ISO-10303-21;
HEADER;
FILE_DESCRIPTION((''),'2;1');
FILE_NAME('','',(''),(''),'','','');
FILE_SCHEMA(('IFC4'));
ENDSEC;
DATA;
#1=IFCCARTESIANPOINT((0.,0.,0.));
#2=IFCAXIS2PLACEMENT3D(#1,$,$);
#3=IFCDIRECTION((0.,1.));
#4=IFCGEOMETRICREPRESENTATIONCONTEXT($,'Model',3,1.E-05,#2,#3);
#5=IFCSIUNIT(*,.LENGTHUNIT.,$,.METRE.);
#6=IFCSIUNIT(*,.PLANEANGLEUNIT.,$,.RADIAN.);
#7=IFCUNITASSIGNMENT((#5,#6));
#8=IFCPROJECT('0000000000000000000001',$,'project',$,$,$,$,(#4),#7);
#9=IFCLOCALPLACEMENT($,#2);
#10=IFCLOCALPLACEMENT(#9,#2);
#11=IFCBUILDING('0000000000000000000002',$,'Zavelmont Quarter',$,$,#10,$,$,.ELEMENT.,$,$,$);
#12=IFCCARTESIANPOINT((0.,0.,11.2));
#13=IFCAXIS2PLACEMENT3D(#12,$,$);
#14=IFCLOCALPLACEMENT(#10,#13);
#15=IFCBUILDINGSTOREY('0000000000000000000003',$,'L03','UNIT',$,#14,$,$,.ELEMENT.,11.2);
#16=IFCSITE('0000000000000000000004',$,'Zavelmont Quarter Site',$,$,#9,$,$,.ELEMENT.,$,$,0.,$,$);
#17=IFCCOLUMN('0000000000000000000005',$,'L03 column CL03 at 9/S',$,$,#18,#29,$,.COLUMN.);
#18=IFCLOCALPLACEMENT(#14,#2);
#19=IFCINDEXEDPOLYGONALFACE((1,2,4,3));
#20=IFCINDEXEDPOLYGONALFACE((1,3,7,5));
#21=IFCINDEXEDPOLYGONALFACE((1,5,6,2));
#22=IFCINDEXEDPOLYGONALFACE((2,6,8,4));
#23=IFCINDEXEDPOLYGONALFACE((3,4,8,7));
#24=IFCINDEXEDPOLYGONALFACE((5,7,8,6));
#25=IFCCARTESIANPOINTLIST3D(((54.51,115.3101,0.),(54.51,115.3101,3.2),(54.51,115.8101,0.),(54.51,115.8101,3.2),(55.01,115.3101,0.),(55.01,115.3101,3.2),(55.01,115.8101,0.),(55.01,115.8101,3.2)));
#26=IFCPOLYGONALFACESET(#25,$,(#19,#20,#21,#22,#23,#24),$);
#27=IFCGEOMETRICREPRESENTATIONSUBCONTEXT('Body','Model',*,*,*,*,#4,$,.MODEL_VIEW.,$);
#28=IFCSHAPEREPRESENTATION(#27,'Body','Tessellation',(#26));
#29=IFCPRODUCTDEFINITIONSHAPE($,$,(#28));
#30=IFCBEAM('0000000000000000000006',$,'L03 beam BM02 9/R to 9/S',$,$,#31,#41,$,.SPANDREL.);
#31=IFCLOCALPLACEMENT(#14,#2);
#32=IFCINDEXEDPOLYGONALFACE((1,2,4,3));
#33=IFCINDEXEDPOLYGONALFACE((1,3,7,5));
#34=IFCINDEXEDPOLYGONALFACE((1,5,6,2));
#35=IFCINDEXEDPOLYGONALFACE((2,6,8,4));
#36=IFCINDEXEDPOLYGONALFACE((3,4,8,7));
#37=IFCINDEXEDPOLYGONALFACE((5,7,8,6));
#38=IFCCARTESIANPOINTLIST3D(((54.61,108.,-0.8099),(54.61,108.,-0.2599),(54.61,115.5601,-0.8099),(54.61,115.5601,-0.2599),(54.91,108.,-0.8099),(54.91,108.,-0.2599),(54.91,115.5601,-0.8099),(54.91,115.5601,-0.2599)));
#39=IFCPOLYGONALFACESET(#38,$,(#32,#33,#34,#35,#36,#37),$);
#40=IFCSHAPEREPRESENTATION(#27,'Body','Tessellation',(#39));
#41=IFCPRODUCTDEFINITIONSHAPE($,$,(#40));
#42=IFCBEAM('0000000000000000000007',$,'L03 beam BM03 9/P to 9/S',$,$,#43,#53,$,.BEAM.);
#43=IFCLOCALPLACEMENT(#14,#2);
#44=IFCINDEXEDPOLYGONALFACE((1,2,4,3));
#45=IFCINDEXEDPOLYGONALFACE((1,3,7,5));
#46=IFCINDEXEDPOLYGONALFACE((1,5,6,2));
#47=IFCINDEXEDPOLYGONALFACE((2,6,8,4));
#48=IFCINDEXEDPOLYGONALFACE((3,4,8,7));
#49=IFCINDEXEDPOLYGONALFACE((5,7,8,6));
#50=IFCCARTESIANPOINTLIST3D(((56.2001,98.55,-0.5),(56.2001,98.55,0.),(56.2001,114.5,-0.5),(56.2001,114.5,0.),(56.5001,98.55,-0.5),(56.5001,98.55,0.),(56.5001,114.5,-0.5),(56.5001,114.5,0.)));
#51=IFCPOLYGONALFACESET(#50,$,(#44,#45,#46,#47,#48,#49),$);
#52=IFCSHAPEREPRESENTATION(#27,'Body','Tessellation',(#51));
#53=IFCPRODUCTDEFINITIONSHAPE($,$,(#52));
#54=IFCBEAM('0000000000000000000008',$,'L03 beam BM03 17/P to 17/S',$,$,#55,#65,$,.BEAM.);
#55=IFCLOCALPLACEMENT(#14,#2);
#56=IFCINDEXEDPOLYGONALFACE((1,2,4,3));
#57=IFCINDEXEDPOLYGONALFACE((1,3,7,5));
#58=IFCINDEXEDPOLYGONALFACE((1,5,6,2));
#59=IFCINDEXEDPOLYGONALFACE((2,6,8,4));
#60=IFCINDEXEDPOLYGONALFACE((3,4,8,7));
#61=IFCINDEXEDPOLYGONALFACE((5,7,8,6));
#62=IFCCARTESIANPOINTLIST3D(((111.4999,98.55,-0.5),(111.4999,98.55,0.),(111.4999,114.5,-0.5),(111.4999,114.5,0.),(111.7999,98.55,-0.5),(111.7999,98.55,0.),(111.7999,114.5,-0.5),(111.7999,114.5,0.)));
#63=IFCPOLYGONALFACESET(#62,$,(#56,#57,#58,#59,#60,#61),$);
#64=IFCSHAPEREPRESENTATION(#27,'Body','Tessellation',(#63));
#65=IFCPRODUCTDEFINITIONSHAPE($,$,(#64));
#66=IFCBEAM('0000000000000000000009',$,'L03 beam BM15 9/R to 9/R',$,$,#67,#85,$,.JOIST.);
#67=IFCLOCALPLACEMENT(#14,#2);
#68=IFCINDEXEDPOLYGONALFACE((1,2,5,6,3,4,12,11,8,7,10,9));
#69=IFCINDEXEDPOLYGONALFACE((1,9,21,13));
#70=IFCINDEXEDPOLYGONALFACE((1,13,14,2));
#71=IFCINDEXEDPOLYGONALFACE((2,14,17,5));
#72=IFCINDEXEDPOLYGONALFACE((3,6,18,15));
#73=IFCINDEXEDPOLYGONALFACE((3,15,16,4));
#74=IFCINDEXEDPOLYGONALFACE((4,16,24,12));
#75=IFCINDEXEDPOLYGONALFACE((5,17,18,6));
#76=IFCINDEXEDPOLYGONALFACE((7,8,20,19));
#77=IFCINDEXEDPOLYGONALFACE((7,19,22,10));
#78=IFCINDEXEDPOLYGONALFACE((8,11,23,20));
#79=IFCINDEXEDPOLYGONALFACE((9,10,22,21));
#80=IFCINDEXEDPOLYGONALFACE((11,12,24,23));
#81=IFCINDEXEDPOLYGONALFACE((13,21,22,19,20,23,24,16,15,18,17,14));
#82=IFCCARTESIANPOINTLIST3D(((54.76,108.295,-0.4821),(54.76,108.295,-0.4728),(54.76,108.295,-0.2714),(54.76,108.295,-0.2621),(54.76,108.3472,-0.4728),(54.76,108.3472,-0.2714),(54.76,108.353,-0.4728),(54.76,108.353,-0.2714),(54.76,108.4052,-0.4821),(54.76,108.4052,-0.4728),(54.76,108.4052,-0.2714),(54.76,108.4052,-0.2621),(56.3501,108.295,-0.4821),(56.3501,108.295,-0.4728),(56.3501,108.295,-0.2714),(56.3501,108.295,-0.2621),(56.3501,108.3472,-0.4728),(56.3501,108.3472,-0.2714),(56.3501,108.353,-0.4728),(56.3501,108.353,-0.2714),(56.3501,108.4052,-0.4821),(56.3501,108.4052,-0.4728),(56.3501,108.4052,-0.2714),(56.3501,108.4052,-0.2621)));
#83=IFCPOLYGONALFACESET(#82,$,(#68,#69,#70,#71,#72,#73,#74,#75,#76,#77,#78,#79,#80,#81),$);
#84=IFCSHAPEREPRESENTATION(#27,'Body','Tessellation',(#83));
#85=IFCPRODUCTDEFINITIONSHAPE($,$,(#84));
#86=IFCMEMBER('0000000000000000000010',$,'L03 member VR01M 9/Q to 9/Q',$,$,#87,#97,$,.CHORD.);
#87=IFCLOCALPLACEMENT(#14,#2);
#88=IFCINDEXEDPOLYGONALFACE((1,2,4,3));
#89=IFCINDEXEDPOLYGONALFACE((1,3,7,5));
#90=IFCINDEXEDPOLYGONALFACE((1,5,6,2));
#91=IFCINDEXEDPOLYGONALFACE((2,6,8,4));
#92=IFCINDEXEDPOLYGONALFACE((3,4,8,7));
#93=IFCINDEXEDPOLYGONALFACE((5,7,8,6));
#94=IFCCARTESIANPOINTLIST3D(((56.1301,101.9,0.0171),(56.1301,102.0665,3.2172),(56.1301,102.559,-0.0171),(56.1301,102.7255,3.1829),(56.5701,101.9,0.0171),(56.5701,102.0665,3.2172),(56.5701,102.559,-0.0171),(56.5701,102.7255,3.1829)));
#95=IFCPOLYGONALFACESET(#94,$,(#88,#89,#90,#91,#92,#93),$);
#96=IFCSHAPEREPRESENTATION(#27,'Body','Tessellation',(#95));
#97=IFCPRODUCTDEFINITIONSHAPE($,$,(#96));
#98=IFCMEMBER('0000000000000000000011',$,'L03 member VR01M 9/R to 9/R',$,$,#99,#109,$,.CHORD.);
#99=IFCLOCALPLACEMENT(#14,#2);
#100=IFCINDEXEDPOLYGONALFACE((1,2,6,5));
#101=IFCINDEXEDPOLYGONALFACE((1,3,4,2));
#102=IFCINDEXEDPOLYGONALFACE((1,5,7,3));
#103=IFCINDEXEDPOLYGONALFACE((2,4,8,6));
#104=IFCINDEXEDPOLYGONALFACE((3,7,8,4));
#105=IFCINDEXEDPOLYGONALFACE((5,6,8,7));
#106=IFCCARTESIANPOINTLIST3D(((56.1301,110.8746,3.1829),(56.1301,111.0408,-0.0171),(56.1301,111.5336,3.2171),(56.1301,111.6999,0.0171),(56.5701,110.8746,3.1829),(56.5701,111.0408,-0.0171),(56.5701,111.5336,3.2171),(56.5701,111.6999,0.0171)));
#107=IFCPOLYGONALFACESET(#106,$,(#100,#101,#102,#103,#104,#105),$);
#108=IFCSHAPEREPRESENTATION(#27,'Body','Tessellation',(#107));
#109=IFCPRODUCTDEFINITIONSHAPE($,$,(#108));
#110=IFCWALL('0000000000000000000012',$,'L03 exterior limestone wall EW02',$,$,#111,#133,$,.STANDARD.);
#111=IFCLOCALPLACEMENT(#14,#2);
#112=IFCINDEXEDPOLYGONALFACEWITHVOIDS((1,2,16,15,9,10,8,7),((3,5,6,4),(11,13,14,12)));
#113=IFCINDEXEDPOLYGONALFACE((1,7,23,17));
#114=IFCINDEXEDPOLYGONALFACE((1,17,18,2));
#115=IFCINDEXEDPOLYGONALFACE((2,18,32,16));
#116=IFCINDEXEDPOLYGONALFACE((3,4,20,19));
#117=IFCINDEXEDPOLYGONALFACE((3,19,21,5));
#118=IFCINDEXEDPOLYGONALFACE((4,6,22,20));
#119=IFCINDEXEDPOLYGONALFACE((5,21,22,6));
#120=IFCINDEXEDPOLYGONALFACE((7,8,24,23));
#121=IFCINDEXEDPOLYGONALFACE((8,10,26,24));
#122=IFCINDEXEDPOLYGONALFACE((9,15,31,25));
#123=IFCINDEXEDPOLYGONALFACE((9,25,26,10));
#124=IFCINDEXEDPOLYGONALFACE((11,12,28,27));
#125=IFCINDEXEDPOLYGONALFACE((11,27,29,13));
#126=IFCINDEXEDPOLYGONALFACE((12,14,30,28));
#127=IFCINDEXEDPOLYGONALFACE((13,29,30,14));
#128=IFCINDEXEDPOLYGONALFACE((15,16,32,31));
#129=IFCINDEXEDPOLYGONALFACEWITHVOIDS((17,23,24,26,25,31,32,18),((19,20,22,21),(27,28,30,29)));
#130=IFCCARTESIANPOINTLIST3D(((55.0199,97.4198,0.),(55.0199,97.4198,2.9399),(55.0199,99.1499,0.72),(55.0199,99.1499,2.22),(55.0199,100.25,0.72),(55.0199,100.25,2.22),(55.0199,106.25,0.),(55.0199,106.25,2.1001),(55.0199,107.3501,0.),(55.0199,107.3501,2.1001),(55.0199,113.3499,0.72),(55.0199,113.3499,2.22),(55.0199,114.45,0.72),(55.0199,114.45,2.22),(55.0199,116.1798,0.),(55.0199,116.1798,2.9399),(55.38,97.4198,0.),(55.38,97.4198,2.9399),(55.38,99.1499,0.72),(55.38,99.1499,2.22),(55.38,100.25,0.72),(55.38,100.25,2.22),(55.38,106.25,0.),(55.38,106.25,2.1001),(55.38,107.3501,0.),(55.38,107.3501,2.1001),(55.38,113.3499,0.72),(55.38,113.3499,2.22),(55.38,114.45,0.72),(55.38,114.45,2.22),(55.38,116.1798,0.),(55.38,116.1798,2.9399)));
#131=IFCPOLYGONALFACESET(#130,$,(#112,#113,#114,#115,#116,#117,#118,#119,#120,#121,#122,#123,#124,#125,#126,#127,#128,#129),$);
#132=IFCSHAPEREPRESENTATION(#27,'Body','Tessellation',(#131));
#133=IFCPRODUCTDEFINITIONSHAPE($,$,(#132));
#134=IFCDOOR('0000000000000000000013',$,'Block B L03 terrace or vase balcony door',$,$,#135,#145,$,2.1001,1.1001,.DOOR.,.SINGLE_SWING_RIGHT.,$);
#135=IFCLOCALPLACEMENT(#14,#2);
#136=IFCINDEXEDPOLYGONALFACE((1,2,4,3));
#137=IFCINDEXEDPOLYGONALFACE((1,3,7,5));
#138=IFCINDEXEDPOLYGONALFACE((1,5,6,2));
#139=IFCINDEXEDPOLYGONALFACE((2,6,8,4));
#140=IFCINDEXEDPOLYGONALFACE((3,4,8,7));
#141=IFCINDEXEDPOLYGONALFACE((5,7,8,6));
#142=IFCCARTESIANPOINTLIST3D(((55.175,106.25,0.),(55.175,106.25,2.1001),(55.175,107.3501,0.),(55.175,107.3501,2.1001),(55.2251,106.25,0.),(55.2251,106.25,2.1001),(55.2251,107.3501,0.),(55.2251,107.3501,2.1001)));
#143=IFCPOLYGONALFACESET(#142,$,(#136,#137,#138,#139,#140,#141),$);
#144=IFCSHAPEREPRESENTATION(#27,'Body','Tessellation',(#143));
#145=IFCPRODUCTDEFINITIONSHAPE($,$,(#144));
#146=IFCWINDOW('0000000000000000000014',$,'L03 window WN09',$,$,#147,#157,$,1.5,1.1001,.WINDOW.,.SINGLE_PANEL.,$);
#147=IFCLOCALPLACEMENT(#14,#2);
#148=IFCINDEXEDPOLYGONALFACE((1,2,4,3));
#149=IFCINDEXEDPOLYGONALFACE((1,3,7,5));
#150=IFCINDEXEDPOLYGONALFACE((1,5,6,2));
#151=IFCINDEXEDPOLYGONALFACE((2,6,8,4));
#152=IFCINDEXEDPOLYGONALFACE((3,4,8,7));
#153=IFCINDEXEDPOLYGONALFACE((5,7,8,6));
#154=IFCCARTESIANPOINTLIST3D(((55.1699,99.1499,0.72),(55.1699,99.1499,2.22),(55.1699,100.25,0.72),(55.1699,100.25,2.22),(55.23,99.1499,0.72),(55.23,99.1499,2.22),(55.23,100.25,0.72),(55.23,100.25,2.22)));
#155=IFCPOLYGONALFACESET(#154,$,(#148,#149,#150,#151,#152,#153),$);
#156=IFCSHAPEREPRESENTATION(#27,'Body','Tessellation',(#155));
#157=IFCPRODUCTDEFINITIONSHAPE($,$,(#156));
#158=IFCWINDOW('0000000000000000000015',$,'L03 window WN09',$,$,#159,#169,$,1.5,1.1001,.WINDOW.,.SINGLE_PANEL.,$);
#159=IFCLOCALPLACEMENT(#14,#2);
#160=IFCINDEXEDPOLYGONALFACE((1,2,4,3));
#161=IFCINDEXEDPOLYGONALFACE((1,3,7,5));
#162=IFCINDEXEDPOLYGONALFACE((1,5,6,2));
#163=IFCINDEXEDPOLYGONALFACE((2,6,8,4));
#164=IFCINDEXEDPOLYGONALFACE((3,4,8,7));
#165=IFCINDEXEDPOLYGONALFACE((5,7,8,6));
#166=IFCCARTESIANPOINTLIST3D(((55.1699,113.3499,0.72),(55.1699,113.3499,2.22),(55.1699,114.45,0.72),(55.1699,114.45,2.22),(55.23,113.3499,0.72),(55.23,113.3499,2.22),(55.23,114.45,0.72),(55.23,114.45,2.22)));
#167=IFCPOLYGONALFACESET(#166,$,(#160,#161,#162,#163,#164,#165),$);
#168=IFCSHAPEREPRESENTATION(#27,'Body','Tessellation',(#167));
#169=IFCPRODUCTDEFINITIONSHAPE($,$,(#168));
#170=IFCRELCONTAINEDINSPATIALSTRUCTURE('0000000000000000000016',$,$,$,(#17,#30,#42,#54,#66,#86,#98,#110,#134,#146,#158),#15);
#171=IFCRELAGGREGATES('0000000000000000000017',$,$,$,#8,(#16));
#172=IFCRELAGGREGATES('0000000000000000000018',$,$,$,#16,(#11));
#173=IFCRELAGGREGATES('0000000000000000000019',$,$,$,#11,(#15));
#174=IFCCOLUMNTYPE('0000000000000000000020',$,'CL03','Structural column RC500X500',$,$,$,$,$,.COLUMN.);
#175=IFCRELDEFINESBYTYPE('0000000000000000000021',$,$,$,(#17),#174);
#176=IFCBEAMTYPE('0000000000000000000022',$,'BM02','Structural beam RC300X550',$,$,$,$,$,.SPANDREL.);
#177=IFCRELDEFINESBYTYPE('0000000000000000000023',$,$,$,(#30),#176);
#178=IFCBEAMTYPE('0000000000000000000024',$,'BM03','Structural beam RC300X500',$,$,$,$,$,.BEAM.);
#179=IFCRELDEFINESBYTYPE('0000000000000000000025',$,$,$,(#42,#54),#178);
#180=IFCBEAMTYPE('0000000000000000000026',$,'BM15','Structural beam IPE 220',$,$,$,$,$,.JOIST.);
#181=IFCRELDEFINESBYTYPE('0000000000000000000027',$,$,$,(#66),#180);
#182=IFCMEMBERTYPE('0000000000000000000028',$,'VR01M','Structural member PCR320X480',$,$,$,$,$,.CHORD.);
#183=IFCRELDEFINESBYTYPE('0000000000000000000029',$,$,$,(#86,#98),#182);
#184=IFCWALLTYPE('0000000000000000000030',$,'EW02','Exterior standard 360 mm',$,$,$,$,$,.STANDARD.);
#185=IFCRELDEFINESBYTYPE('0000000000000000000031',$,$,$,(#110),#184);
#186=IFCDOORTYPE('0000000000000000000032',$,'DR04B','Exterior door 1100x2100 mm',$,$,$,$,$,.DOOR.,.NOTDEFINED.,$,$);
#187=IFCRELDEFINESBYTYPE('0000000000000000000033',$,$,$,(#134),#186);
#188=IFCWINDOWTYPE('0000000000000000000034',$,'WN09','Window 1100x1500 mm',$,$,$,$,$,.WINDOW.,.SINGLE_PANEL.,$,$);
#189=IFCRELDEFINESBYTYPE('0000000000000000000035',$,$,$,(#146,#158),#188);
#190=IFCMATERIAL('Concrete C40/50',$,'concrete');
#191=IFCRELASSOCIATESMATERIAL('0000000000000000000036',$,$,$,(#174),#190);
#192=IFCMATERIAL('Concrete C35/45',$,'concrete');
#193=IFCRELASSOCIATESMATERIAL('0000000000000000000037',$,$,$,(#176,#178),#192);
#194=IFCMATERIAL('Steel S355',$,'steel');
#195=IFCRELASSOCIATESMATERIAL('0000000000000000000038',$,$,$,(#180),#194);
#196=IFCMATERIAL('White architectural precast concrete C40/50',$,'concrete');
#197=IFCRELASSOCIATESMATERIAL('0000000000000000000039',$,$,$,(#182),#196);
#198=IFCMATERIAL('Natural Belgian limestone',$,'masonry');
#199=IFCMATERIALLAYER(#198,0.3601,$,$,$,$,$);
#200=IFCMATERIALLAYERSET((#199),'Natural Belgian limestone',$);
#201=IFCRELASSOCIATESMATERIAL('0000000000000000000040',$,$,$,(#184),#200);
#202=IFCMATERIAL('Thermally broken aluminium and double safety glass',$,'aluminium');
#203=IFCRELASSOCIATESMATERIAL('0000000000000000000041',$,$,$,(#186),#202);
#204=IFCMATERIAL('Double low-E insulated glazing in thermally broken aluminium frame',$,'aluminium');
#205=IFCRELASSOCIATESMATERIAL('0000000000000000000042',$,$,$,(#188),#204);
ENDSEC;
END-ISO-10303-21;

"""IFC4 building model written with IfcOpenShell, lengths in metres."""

from ifc_helpers import new_model, si_unit, direction, frame, frame_2d, origin, origin_with_axes, origin_2d, place, context, subcontext, project, spatial, rectangle, i_section, extrude, material, layer, layer_set, material_profile, profile_set, type_object, element, fill, save


model = new_model("IFC4")

# Units and contexts
model_context = context("Model", 3, precision=1e-05, world=origin(), true_north=direction((0.0, 1.0)))
body_context = subcontext(model_context, "Body", "Model", "MODEL_VIEW")
ifc_project = project(units=[si_unit("LENGTHUNIT", "METRE"), si_unit("PLANEANGLEUNIT", "RADIAN")], contexts=[model_context])

# Site, building, storey
site_placement = place(None, origin())
site = spatial("IfcSite", under=ifc_project, at=site_placement, Name="Zavelmont Quarter Site", CompositionType="ELEMENT", RefElevation=0.0)
building_placement = place(site_placement, origin())
building = spatial("IfcBuilding", under=site, at=building_placement, Name="Zavelmont Quarter", CompositionType="ELEMENT")
storey_placement = place(building_placement, frame((0.0, 0.0, 11.2)))
storey = spatial("IfcBuildingStorey", under=building, at=storey_placement, Name="L03", Description="UNIT", CompositionType="ELEMENT", Elevation=11.2)

# Column
ifc_material_1 = material(Name="Concrete C40/50", Category="concrete")
ifc_material_profile_1 = material_profile(ifc_material_1, rectangle(XDim=0.5, YDim=0.5, at=origin_2d()), Name="RC500X500")
ifc_profile_set_1 = profile_set([ifc_material_profile_1], Name="Concrete C40/50")
column_type = type_object("IfcColumnType", Name="CL03", Description="Structural column RC500X500", PredefinedType="COLUMN", material=ifc_profile_set_1)
column_placement = place(storey_placement, frame((54.76, 115.5601, 0.0), z_axis=(0.0, 0.0, 1.0), x_axis=(1.0, 0.0, 0.0)))
element("IfcColumn", 1, at=column_placement, inside=storey, type_object=column_type, Name="L03 column CL03 at 9/S", PredefinedType="COLUMN", context=body_context, shape_type="SweptSolid", body=[
    extrude(rectangle(XDim=0.5, YDim=0.5, at=origin_2d()), origin(), (0.0, 0.0, 1.0), 3.2),
])

# Beams
ifc_material_2 = material(Name="Concrete C35/45", Category="concrete")
ifc_material_profile_2 = material_profile(ifc_material_2, rectangle(XDim=0.3, YDim=0.55, at=origin_2d()), Name="RC300X550")
ifc_profile_set_2 = profile_set([ifc_material_profile_2], Name="Concrete C35/45")
beam_type_1 = type_object("IfcBeamType", Name="BM02", Description="Structural beam RC300X550", PredefinedType="SPANDREL", material=ifc_profile_set_2)
beam_1_placement = place(storey_placement, frame((54.76, 108.0, -0.5349), z_axis=(0.0, 1.0, 0.0), x_axis=(-1.0, 0.0, 0.0)))
element("IfcBeam", 2, at=beam_1_placement, inside=storey, type_object=beam_type_1, Name="L03 beam BM02 9/R to 9/S", PredefinedType="SPANDREL", context=body_context, shape_type="SweptSolid", body=[
    extrude(rectangle(XDim=0.3, YDim=0.55, at=origin_2d()), origin(), (0.0, 0.0, 1.0), 7.5601),
])
ifc_material_profile_3 = material_profile(ifc_material_2, rectangle(XDim=0.3, YDim=0.5, at=origin_2d()), Name="RC300X500")
ifc_profile_set_3 = profile_set([ifc_material_profile_3], Name="Concrete C35/45")
beam_type_2 = type_object("IfcBeamType", Name="BM03", Description="Structural beam RC300X500", PredefinedType="BEAM", material=ifc_profile_set_3)
for number, where, z_axis, x_axis, name in (
    (3, (56.3501, 98.55, -0.25), (0.0, 1.0, 0.0), (-1.0, 0.0, 0.0), "L03 beam BM03 9/P to 9/S"),
    (4, (111.6499, 98.55, -0.25), (0.0, 1.0, 0.0), (-1.0, 0.0, 0.0), "L03 beam BM03 17/P to 17/S"),
):
    element("IfcBeam", number, at=place(storey_placement, frame(where, z_axis=z_axis, x_axis=x_axis)), inside=storey, type_object=beam_type_2, Name=name, PredefinedType="BEAM", context=body_context, shape_type="SweptSolid", body=[
        extrude(rectangle(XDim=0.3, YDim=0.5, at=origin_2d()), origin(), (0.0, 0.0, 1.0), 15.95),
    ])
ifc_material_3 = material(Name="Steel S355", Category="steel")
ifc_material_profile_4 = material_profile(ifc_material_3, i_section(OverallWidth=0.1101, OverallDepth=0.22, WebThickness=0.0059, FlangeThickness=0.0093, at=origin_2d()), Name="IPE 220")
ifc_profile_set_4 = profile_set([ifc_material_profile_4], Name="Steel S355")
beam_type_3 = type_object("IfcBeamType", Name="BM15", Description="Structural beam IPE 220", PredefinedType="JOIST", material=ifc_profile_set_4)
beam_2_placement = place(storey_placement, frame((54.76, 108.3501, -0.3721), z_axis=(1.0, 0.0, 0.0), x_axis=(0.0, 1.0, 0.0)))
element("IfcBeam", 5, at=beam_2_placement, inside=storey, type_object=beam_type_3, Name="L03 beam BM15 9/R to 9/R", PredefinedType="JOIST", context=body_context, shape_type="SweptSolid", body=[
    extrude(i_section(OverallWidth=0.1101, OverallDepth=0.22, WebThickness=0.0059, FlangeThickness=0.0093, at=origin_2d()), origin(), (0.0, 0.0, 1.0), 1.5901),
])

# Members
ifc_material_4 = material(Name="White architectural precast concrete C40/50", Category="concrete")
ifc_material_profile_5 = material_profile(ifc_material_4, rectangle(XDim=0.4399, YDim=0.6599, at=origin_2d()), Name="PCR320X480")
ifc_profile_set_5 = profile_set([ifc_material_profile_5], Name="White architectural precast concrete C40/50")
member_type = type_object("IfcMemberType", Name="VR01M", Description="Structural member PCR320X480", PredefinedType="CHORD", material=ifc_profile_set_5)
for number, where, z_axis, x_axis, name in (
    (6, (56.3501, 102.2295, 0.0), (0.0, 0.051963, 0.998649), (-1.0, 0.0, 0.0), "L03 member VR01M 9/Q to 9/Q"),
    (7, (56.3501, 111.3704, 0.0), (0.0, -0.051887, 0.998653), (1.0, 0.0, 0.0), "L03 member VR01M 9/R to 9/R"),
):
    element("IfcMember", number, at=place(storey_placement, frame(where, z_axis=z_axis, x_axis=x_axis)), inside=storey, type_object=member_type, Name=name, PredefinedType="CHORD", context=body_context, shape_type="SweptSolid", body=[
        extrude(rectangle(XDim=0.4399, YDim=0.6599, at=origin_2d()), origin(), (0.0, 0.0, 1.0), 3.2043),
    ])

# Wall, openings, door, windows
ifc_material_5 = material(Name="Natural Belgian limestone", Category="masonry")
ifc_layer = layer(ifc_material_5, 0.3601)
ifc_layer_set = layer_set([ifc_layer], Name="Natural Belgian limestone")
wall_type = type_object("IfcWallType", Name="EW02", Description="Exterior standard 360 mm", PredefinedType="STANDARD", material=ifc_layer_set)
wall_placement = place(storey_placement, frame((55.2, 97.4199, 0.0), z_axis=(0.0, 0.0, 1.0), x_axis=(0.0, 1.0, 0.0)))
wall = element("IfcWall", 8, at=wall_placement, inside=storey, type_object=wall_type, Name="L03 exterior limestone wall EW02", PredefinedType="STANDARD", context=body_context, shape_type="SweptSolid", body=[
    extrude(rectangle(XDim=18.76, YDim=0.3601, at=frame_2d((9.3799, 0.0))), origin(), (0.0, 0.0, 1.0), 2.9399),
])
opening_1_placement = place(wall_placement, frame((8.8301, 0.0, 0.0)))
opening_1 = element("IfcOpeningElement", 9, at=opening_1_placement, cuts=wall, PredefinedType="OPENING", context=body_context, shape_type="SweptSolid", body=[
    extrude(rectangle(XDim=1.1001, YDim=2.1001, at=frame_2d((0.55, 1.05))), frame((0.0, 0.1919, 0.0), z_axis=(0.0, -1.0, 0.0), x_axis=(1.0, 0.0, 0.0)), (0.0, 0.0, 1.0), 0.384),
])
opening_2_placement = place(wall_placement, frame((1.73, 0.0, 0.72)))
opening_2 = element("IfcOpeningElement", 10, at=opening_2_placement, cuts=wall, PredefinedType="OPENING", context=body_context, shape_type="SweptSolid", body=[
    extrude(rectangle(XDim=1.1001, YDim=1.5, at=frame_2d((0.55, 0.75))), frame((0.0, 0.1919, 0.0), z_axis=(0.0, -1.0, 0.0), x_axis=(1.0, 0.0, 0.0)), (0.0, 0.0, 1.0), 0.384),
])
opening_3_placement = place(wall_placement, frame((15.9299, 0.0, 0.72)))
opening_3 = element("IfcOpeningElement", 11, at=opening_3_placement, cuts=wall, PredefinedType="OPENING", context=body_context, shape_type="SweptSolid", body=[
    extrude(rectangle(XDim=1.1001, YDim=1.5, at=frame_2d((0.55, 0.75))), frame((0.0, 0.1919, 0.0), z_axis=(0.0, -1.0, 0.0), x_axis=(1.0, 0.0, 0.0)), (0.0, 0.0, 1.0), 0.384),
])
ifc_material_6 = material(Name="Thermally broken aluminium and double safety glass", Category="aluminium")
door_type = type_object("IfcDoorType", Name="DR04B", Description="Exterior door 1100x2100 mm", OperationType="NOTDEFINED", PredefinedType="DOOR", material=ifc_material_6)
door_placement = place(opening_1_placement, origin_with_axes())
door = element("IfcDoor", 12, at=door_placement, inside=storey, type_object=door_type, Name="Block B L03 terrace or vase balcony door", OperationType="SINGLE_SWING_RIGHT", OverallHeight=2.1001, OverallWidth=1.1001, PredefinedType="DOOR", context=body_context, shape_type="SweptSolid", body=[
    extrude(rectangle(XDim=1.1001, YDim=2.1001, at=frame_2d((0.55, 1.05))), frame((0.0, 0.0249, 0.0), z_axis=(0.0, -1.0, 0.0), x_axis=(1.0, 0.0, 0.0)), (0.0, 0.0, 1.0), 0.05),
])
fill(opening_1, door)
ifc_material_7 = material(Name="Double low-E insulated glazing in thermally broken aluminium frame", Category="aluminium")
window_type = type_object("IfcWindowType", Name="WN09", Description="Window 1100x1500 mm", PartitioningType="SINGLE_PANEL", PredefinedType="WINDOW", material=ifc_material_7)
window_1_placement = place(opening_2_placement, origin_with_axes())
window_1 = element("IfcWindow", 13, at=window_1_placement, inside=storey, type_object=window_type, Name="L03 window WN09", OverallHeight=1.5, OverallWidth=1.1001, PartitioningType="SINGLE_PANEL", PredefinedType="WINDOW", context=body_context, shape_type="SweptSolid", body=[
    extrude(rectangle(XDim=1.1001, YDim=1.5, at=frame_2d((0.55, 0.75))), frame((0.0, 0.03, 0.0), z_axis=(0.0, -1.0, 0.0), x_axis=(1.0, 0.0, 0.0)), (0.0, 0.0, 1.0), 0.0601),
])
fill(opening_2, window_1)
window_2_placement = place(opening_3_placement, origin_with_axes())
window_2 = element("IfcWindow", 14, at=window_2_placement, inside=storey, type_object=window_type, Name="L03 window WN09", OverallHeight=1.5, OverallWidth=1.1001, PartitioningType="SINGLE_PANEL", PredefinedType="WINDOW", context=body_context, shape_type="SweptSolid", body=[
    extrude(rectangle(XDim=1.1001, YDim=1.5, at=frame_2d((0.55, 0.75))), frame((0.0, 0.03, 0.0), z_axis=(0.0, -1.0, 0.0), x_axis=(1.0, 0.0, 0.0)), (0.0, 0.0, 1.0), 0.0601),
])
fill(opening_3, window_2)

save(model, "model.ifc")
